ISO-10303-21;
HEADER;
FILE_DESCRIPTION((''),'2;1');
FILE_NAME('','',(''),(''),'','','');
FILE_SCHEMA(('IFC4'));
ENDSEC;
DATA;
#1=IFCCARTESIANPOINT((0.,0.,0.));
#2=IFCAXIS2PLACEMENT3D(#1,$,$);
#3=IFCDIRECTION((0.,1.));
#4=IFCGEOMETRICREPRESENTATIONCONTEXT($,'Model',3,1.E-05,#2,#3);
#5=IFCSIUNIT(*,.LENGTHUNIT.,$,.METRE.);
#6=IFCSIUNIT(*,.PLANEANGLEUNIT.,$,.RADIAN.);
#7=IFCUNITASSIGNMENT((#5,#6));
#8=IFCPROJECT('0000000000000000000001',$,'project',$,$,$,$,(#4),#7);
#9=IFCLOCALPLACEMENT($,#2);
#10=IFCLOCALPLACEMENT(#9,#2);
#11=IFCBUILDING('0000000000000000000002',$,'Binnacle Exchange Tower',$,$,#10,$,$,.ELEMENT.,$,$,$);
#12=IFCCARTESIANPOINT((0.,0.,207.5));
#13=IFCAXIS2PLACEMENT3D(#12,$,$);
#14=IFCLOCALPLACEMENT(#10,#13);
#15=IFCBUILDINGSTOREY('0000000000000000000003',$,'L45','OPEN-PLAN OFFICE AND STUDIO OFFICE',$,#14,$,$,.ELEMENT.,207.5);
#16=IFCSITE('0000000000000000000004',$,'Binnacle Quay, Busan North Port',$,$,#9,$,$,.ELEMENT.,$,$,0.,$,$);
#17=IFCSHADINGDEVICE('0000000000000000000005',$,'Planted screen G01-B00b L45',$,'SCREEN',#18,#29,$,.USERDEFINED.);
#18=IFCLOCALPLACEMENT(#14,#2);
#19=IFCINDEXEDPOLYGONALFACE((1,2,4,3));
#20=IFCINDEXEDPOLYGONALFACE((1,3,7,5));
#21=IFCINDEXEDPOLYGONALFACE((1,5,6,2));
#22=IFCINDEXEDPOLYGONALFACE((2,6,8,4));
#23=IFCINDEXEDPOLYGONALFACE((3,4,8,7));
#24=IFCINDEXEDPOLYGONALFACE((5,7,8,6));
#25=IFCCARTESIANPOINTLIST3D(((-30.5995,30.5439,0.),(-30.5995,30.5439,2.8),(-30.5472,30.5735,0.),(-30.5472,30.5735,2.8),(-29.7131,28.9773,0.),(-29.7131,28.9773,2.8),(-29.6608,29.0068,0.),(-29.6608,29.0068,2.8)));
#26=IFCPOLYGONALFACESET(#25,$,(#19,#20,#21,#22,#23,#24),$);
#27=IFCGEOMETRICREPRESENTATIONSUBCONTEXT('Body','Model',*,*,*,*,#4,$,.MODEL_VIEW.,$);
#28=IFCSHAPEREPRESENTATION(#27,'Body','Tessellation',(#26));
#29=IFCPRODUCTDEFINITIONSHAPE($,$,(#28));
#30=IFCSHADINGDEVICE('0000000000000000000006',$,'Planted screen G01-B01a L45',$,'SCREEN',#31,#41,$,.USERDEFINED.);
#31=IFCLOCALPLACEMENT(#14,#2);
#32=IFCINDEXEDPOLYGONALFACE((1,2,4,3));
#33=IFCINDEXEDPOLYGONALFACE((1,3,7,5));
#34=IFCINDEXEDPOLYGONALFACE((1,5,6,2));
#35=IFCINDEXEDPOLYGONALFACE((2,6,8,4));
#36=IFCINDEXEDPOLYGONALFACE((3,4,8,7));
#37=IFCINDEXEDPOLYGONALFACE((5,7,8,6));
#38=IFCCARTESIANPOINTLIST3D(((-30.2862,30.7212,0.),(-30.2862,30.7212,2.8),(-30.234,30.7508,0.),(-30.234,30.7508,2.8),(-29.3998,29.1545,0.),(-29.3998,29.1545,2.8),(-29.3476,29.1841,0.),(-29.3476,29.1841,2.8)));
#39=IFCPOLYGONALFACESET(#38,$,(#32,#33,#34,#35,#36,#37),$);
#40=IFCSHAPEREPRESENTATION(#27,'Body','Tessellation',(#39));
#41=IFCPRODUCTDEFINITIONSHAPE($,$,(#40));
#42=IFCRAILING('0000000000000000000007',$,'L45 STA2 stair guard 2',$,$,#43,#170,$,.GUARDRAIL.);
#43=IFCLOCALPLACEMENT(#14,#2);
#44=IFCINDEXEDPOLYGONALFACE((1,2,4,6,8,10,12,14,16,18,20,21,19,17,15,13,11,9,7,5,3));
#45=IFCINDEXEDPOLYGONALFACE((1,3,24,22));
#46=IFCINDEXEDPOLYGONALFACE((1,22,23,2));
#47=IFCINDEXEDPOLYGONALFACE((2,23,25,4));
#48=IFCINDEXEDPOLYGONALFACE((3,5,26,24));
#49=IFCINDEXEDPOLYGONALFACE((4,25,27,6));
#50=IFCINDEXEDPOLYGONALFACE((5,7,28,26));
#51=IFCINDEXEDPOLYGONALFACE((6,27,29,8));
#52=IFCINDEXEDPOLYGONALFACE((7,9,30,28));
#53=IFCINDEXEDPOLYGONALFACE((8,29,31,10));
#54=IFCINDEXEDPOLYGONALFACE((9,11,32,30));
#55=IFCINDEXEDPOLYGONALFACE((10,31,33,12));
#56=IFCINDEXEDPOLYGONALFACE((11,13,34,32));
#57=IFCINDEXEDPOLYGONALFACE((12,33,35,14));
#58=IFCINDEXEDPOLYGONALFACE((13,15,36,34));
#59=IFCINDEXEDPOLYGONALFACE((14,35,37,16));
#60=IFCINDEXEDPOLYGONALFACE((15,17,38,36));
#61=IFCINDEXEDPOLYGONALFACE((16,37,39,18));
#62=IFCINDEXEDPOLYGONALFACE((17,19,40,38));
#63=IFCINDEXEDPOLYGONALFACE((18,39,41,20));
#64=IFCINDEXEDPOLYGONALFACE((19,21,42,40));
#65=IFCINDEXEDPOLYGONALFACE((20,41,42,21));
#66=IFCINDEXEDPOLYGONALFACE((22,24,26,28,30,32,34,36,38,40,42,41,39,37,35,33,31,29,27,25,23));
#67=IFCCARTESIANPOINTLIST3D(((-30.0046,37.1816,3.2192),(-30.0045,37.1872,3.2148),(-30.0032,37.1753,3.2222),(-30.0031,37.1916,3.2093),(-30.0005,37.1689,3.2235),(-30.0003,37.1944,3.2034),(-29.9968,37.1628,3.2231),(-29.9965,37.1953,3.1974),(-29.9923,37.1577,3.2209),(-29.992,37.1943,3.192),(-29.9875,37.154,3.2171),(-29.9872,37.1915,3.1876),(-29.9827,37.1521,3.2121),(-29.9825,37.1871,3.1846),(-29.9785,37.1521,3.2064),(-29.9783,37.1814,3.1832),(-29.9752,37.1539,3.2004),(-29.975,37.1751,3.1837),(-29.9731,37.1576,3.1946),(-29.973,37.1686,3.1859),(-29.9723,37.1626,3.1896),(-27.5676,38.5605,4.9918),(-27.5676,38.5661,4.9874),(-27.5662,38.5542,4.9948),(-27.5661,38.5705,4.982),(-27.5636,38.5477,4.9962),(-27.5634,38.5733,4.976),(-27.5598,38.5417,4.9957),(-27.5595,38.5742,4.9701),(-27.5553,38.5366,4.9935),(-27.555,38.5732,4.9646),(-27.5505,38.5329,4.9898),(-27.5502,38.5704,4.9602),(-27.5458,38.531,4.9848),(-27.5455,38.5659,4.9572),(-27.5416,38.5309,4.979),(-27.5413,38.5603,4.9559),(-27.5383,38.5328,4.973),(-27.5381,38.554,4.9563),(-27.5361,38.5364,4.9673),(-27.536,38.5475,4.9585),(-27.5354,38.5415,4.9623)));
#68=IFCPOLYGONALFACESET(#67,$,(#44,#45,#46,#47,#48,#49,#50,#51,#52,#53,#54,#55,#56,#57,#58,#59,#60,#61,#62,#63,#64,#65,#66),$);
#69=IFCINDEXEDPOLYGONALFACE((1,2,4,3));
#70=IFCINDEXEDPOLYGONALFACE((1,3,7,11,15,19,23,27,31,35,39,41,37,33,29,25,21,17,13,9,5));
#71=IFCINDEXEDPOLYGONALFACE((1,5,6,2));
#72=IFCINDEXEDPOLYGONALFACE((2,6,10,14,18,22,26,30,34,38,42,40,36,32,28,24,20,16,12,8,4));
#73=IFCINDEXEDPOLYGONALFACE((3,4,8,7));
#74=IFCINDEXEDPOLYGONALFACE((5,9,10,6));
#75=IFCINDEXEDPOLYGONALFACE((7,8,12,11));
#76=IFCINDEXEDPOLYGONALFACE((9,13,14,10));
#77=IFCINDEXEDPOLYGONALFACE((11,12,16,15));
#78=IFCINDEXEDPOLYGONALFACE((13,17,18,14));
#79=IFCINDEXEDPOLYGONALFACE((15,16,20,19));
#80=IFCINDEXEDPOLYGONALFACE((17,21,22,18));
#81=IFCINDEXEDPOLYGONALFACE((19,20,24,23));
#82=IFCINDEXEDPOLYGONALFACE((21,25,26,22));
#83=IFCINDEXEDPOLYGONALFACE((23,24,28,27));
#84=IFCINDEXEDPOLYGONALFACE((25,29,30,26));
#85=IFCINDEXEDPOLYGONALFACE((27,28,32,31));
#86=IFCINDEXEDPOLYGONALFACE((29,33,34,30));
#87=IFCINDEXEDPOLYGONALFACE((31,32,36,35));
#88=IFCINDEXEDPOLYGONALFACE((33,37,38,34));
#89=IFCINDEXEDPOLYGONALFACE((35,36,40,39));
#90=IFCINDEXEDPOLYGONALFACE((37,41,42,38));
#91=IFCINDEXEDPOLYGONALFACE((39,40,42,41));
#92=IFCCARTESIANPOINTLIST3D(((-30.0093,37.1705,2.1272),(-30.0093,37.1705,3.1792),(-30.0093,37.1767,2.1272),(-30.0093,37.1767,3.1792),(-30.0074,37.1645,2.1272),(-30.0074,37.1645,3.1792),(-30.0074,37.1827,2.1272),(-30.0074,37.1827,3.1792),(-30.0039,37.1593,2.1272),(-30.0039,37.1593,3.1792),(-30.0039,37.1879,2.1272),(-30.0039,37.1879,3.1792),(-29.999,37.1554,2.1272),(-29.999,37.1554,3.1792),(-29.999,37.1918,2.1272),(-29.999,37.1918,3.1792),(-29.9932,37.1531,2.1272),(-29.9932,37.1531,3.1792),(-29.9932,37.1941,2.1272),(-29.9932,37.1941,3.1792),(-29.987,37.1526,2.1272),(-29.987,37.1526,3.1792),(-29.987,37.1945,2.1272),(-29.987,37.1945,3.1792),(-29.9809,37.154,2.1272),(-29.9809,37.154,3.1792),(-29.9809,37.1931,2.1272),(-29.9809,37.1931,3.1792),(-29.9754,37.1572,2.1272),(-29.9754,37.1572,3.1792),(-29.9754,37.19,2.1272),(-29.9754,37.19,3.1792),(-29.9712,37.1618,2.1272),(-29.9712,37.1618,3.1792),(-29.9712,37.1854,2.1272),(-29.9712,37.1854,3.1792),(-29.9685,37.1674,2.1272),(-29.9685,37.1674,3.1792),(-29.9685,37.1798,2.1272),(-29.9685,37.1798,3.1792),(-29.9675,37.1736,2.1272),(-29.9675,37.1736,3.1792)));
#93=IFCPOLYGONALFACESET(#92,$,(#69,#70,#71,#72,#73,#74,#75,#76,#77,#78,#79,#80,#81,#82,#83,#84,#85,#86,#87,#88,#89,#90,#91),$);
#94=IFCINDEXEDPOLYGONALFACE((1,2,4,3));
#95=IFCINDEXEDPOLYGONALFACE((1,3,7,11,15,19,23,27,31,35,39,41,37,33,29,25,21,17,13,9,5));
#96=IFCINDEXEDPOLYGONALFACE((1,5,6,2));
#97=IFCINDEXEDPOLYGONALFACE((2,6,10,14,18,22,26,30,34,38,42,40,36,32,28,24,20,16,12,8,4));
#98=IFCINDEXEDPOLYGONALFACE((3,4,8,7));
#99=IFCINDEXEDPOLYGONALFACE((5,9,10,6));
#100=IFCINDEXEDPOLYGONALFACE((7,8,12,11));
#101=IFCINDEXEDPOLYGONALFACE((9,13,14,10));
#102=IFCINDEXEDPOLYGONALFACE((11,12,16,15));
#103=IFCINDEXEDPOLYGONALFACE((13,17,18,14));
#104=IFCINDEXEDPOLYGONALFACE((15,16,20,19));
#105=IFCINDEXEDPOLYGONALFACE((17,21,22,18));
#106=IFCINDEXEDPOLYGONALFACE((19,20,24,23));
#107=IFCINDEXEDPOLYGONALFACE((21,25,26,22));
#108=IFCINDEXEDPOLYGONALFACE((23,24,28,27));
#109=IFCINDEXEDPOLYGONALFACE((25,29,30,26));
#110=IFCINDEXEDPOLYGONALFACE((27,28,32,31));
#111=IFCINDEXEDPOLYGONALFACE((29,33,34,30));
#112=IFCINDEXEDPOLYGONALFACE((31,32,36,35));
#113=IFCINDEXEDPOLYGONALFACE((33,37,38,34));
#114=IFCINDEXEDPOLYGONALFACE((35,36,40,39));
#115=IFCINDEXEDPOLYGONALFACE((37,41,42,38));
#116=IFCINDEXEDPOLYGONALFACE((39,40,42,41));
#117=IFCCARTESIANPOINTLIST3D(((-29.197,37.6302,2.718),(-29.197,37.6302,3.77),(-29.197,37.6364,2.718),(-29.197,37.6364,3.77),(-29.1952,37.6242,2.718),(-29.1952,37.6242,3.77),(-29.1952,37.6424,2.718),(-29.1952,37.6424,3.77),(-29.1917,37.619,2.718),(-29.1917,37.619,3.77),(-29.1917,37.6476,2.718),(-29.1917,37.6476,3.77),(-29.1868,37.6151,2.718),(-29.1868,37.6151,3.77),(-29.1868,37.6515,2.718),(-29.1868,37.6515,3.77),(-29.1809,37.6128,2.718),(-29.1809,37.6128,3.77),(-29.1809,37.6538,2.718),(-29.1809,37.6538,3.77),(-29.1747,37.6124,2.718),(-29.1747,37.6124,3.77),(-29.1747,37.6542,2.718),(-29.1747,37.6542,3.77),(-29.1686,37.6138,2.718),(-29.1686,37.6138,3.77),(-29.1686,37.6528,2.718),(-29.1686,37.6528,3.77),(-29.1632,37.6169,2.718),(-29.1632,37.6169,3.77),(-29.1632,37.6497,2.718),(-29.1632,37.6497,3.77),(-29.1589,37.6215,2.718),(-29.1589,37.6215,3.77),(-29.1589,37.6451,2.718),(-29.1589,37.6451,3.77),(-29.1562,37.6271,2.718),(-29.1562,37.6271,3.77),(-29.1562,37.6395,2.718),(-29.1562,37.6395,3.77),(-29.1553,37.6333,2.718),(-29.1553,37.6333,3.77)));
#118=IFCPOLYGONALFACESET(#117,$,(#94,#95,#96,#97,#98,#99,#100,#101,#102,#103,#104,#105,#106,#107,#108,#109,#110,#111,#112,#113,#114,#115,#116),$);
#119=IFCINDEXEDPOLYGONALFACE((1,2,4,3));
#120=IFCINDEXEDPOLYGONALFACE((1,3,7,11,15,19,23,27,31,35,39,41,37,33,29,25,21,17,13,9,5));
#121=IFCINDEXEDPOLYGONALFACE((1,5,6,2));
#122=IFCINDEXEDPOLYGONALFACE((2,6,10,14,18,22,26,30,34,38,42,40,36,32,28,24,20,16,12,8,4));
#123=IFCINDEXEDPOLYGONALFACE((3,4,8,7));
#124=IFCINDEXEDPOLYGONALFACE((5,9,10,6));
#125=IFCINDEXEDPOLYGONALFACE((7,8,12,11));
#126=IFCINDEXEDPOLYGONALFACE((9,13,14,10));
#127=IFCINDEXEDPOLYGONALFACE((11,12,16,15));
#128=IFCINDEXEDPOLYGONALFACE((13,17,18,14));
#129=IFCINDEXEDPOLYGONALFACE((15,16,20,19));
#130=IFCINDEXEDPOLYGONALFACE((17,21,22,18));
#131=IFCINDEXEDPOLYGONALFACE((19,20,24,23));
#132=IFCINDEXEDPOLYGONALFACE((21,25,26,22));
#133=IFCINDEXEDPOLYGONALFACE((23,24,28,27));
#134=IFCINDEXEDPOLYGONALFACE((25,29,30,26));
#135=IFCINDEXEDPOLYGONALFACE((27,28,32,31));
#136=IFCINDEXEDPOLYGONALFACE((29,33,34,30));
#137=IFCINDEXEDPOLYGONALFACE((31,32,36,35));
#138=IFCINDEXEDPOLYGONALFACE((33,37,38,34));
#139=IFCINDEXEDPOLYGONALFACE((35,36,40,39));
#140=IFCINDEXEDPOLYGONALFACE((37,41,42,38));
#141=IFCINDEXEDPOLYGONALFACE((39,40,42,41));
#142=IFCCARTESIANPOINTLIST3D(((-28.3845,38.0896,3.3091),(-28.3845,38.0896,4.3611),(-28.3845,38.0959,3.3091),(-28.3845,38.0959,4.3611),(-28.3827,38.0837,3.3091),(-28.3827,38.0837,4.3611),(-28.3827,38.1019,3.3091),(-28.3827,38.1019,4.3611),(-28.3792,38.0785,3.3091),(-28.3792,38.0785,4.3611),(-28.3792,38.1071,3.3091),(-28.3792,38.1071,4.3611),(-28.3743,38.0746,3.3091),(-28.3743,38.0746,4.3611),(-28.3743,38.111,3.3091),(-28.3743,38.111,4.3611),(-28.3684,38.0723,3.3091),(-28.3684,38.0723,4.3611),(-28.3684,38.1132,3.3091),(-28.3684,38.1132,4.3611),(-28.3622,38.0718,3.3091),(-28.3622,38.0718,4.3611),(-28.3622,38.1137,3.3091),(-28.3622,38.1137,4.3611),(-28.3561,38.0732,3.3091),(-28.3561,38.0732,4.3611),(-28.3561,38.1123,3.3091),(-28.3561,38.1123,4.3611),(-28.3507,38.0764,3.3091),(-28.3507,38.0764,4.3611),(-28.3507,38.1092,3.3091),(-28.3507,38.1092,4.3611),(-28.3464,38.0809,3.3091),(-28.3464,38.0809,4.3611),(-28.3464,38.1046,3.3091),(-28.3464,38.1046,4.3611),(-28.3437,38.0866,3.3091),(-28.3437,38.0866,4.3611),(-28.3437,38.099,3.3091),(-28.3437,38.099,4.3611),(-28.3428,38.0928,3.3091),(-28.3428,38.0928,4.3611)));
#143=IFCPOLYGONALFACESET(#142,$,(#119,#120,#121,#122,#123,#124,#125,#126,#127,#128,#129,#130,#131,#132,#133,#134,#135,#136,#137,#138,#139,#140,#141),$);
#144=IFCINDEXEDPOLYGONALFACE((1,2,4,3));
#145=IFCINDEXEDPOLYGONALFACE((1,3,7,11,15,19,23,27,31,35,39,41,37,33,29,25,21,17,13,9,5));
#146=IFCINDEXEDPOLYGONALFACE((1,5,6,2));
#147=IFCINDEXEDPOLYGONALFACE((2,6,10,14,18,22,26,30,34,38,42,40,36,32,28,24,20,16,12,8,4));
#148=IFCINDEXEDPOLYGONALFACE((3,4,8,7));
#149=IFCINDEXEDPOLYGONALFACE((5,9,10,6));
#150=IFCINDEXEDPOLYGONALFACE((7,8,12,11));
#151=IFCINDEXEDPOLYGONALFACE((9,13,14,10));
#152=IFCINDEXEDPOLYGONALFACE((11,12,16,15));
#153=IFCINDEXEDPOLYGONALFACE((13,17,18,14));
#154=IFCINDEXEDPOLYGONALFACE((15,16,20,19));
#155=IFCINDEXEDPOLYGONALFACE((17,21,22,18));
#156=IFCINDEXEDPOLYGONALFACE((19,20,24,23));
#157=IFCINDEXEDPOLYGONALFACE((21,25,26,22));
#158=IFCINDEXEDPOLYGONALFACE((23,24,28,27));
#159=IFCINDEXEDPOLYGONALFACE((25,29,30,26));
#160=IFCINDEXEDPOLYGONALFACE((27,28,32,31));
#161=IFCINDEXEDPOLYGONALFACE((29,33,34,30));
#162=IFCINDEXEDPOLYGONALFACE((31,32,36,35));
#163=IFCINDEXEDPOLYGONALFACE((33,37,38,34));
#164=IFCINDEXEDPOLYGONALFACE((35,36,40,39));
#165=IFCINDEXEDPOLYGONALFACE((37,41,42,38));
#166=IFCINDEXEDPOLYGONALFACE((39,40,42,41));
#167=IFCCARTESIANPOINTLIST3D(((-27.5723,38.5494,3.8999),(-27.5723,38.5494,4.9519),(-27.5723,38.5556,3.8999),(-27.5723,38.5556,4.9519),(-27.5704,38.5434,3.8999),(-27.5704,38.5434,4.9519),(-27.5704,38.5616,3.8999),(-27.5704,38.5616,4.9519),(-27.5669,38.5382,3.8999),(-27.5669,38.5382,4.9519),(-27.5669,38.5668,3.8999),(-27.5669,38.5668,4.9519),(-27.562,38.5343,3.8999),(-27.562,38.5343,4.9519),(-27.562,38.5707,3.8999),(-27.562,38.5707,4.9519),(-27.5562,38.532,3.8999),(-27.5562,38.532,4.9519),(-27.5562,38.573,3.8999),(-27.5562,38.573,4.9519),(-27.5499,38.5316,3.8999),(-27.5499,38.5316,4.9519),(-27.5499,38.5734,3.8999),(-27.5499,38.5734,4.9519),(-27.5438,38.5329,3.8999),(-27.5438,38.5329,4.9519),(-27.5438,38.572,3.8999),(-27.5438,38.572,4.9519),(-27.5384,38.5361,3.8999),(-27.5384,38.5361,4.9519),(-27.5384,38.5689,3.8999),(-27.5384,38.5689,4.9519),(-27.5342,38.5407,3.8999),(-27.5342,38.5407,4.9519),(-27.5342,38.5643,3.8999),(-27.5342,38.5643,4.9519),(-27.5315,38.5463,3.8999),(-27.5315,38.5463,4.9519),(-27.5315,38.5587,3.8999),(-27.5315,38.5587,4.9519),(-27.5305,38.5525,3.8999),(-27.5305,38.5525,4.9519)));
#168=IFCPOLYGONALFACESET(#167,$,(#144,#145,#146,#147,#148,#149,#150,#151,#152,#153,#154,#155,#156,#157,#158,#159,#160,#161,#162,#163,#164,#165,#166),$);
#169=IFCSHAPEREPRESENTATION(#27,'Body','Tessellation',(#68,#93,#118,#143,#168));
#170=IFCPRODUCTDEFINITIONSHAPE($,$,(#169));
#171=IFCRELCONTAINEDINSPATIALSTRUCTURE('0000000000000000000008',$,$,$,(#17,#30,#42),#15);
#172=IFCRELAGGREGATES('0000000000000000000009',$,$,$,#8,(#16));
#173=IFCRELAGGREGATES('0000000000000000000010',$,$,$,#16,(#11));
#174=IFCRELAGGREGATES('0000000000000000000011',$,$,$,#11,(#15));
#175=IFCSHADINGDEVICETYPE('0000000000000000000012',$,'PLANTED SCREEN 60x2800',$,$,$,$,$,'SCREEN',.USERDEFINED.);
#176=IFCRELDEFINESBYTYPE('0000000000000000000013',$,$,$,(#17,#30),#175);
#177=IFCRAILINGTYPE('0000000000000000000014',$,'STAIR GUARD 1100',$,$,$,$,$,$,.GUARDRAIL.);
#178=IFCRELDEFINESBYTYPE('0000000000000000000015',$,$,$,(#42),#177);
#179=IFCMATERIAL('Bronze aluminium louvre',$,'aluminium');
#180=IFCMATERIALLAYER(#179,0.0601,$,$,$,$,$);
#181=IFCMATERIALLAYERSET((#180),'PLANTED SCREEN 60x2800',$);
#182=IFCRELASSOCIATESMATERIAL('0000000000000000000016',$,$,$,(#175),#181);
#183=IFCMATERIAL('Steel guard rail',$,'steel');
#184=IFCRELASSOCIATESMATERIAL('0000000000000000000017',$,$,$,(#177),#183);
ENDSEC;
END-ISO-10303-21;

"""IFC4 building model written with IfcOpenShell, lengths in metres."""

from ifc_helpers import new_model, si_unit, direction, frame, origin, origin_2d, place, context, subcontext, project, spatial, rectangle, circle, extrude, material, layer, layer_set, type_object, element, save


model = new_model("IFC4")

# Units and contexts
model_context = context("Model", 3, precision=1e-05, world=origin(), true_north=direction((0.0, 1.0)))
body_context = subcontext(model_context, "Body", "Model", "MODEL_VIEW")
ifc_project = project(units=[si_unit("LENGTHUNIT", "METRE"), si_unit("PLANEANGLEUNIT", "RADIAN")], contexts=[model_context])

# Site, building, storey
site_placement = place(None, origin())
site = spatial("IfcSite", under=ifc_project, at=site_placement, Name="Binnacle Quay, Busan North Port", CompositionType="ELEMENT", RefElevation=0.0)
building_placement = place(site_placement, origin())
building = spatial("IfcBuilding", under=site, at=building_placement, Name="Binnacle Exchange Tower", CompositionType="ELEMENT")
storey_placement = place(building_placement, frame((0.0, 0.0, 207.5)))
storey = spatial("IfcBuildingStorey", under=building, at=storey_placement, Name="L45", Description="OPEN-PLAN OFFICE AND STUDIO OFFICE", CompositionType="ELEMENT", Elevation=207.5)

# Shading devices
ifc_material_1 = material(Name="Bronze aluminium louvre", Category="aluminium")
ifc_layer_1 = layer(ifc_material_1, 0.0601)
ifc_layer_set_1 = layer_set([ifc_layer_1], Name="PLANTED SCREEN 60x2800")
shading_device_type = type_object("IfcShadingDeviceType", Name="PLANTED SCREEN 60x2800", ElementType="SCREEN", PredefinedType="USERDEFINED", material=ifc_layer_set_1)
for number, where, z_axis, x_axis, name in (
    (1, (-30.1301, 29.7754, 0.0), (0.0, 0.0, 1.0), (0.870356, 0.492424, 0.0), "Planted screen G01-B00b L45"),
    (2, (-29.8169, 29.9526, 0.0), (0.0, 0.0, 1.0), (0.870356, 0.492424, 0.0), "Planted screen G01-B01a L45"),
):
    element("IfcShadingDevice", number, at=place(storey_placement, frame(where, z_axis=z_axis, x_axis=x_axis)), inside=storey, type_object=shading_device_type, Name=name, ObjectType="SCREEN", PredefinedType="USERDEFINED", context=body_context, shape_type="SweptSolid", body=[
        extrude(rectangle(XDim=0.0601, YDim=1.8, at=origin_2d()), origin(), (0.0, 0.0, 1.0), 2.8),
    ])

# Railing
ifc_material_2 = material(Name="Steel guard rail", Category="steel")
railing_type_1 = type_object("IfcRailingType", Name="STAIR GUARD 1100", PredefinedType="GUARDRAIL", material=ifc_material_2)
railing_1_placement = place(storey_placement, frame((-29.9885, 37.1736, 2.1272)))
element("IfcRailing", 3, at=railing_1_placement, inside=storey, type_object=railing_type_1, Name="L45 STA2 stair guard 2", PredefinedType="GUARDRAIL", context=body_context, shape_type="SweptSolid", body=[
    extrude(circle(Radius=0.0239, at=origin_2d()), frame((0.0, 0.0, 1.0762), z_axis=(0.735359, 0.41608, 0.534907), x_axis=(-0.492454, 0.870339, 0.0)), (0.0, 0.0, 1.0), 3.314),
    extrude(circle(Radius=0.021, at=origin_2d()), origin(), (0.0, 0.0, 1.0), 1.052),
    extrude(circle(Radius=0.021, at=origin_2d()), frame((0.8123, 0.4597, 0.5908)), (0.0, 0.0, 1.0), 1.052),
    extrude(circle(Radius=0.021, at=origin_2d()), frame((1.6248, 0.9192, 1.1819)), (0.0, 0.0, 1.0), 1.052),
    extrude(circle(Radius=0.021, at=origin_2d()), frame((2.437, 1.3789, 1.7727)), (0.0, 0.0, 1.0), 1.052),
])

save(model, "model.ifc")
